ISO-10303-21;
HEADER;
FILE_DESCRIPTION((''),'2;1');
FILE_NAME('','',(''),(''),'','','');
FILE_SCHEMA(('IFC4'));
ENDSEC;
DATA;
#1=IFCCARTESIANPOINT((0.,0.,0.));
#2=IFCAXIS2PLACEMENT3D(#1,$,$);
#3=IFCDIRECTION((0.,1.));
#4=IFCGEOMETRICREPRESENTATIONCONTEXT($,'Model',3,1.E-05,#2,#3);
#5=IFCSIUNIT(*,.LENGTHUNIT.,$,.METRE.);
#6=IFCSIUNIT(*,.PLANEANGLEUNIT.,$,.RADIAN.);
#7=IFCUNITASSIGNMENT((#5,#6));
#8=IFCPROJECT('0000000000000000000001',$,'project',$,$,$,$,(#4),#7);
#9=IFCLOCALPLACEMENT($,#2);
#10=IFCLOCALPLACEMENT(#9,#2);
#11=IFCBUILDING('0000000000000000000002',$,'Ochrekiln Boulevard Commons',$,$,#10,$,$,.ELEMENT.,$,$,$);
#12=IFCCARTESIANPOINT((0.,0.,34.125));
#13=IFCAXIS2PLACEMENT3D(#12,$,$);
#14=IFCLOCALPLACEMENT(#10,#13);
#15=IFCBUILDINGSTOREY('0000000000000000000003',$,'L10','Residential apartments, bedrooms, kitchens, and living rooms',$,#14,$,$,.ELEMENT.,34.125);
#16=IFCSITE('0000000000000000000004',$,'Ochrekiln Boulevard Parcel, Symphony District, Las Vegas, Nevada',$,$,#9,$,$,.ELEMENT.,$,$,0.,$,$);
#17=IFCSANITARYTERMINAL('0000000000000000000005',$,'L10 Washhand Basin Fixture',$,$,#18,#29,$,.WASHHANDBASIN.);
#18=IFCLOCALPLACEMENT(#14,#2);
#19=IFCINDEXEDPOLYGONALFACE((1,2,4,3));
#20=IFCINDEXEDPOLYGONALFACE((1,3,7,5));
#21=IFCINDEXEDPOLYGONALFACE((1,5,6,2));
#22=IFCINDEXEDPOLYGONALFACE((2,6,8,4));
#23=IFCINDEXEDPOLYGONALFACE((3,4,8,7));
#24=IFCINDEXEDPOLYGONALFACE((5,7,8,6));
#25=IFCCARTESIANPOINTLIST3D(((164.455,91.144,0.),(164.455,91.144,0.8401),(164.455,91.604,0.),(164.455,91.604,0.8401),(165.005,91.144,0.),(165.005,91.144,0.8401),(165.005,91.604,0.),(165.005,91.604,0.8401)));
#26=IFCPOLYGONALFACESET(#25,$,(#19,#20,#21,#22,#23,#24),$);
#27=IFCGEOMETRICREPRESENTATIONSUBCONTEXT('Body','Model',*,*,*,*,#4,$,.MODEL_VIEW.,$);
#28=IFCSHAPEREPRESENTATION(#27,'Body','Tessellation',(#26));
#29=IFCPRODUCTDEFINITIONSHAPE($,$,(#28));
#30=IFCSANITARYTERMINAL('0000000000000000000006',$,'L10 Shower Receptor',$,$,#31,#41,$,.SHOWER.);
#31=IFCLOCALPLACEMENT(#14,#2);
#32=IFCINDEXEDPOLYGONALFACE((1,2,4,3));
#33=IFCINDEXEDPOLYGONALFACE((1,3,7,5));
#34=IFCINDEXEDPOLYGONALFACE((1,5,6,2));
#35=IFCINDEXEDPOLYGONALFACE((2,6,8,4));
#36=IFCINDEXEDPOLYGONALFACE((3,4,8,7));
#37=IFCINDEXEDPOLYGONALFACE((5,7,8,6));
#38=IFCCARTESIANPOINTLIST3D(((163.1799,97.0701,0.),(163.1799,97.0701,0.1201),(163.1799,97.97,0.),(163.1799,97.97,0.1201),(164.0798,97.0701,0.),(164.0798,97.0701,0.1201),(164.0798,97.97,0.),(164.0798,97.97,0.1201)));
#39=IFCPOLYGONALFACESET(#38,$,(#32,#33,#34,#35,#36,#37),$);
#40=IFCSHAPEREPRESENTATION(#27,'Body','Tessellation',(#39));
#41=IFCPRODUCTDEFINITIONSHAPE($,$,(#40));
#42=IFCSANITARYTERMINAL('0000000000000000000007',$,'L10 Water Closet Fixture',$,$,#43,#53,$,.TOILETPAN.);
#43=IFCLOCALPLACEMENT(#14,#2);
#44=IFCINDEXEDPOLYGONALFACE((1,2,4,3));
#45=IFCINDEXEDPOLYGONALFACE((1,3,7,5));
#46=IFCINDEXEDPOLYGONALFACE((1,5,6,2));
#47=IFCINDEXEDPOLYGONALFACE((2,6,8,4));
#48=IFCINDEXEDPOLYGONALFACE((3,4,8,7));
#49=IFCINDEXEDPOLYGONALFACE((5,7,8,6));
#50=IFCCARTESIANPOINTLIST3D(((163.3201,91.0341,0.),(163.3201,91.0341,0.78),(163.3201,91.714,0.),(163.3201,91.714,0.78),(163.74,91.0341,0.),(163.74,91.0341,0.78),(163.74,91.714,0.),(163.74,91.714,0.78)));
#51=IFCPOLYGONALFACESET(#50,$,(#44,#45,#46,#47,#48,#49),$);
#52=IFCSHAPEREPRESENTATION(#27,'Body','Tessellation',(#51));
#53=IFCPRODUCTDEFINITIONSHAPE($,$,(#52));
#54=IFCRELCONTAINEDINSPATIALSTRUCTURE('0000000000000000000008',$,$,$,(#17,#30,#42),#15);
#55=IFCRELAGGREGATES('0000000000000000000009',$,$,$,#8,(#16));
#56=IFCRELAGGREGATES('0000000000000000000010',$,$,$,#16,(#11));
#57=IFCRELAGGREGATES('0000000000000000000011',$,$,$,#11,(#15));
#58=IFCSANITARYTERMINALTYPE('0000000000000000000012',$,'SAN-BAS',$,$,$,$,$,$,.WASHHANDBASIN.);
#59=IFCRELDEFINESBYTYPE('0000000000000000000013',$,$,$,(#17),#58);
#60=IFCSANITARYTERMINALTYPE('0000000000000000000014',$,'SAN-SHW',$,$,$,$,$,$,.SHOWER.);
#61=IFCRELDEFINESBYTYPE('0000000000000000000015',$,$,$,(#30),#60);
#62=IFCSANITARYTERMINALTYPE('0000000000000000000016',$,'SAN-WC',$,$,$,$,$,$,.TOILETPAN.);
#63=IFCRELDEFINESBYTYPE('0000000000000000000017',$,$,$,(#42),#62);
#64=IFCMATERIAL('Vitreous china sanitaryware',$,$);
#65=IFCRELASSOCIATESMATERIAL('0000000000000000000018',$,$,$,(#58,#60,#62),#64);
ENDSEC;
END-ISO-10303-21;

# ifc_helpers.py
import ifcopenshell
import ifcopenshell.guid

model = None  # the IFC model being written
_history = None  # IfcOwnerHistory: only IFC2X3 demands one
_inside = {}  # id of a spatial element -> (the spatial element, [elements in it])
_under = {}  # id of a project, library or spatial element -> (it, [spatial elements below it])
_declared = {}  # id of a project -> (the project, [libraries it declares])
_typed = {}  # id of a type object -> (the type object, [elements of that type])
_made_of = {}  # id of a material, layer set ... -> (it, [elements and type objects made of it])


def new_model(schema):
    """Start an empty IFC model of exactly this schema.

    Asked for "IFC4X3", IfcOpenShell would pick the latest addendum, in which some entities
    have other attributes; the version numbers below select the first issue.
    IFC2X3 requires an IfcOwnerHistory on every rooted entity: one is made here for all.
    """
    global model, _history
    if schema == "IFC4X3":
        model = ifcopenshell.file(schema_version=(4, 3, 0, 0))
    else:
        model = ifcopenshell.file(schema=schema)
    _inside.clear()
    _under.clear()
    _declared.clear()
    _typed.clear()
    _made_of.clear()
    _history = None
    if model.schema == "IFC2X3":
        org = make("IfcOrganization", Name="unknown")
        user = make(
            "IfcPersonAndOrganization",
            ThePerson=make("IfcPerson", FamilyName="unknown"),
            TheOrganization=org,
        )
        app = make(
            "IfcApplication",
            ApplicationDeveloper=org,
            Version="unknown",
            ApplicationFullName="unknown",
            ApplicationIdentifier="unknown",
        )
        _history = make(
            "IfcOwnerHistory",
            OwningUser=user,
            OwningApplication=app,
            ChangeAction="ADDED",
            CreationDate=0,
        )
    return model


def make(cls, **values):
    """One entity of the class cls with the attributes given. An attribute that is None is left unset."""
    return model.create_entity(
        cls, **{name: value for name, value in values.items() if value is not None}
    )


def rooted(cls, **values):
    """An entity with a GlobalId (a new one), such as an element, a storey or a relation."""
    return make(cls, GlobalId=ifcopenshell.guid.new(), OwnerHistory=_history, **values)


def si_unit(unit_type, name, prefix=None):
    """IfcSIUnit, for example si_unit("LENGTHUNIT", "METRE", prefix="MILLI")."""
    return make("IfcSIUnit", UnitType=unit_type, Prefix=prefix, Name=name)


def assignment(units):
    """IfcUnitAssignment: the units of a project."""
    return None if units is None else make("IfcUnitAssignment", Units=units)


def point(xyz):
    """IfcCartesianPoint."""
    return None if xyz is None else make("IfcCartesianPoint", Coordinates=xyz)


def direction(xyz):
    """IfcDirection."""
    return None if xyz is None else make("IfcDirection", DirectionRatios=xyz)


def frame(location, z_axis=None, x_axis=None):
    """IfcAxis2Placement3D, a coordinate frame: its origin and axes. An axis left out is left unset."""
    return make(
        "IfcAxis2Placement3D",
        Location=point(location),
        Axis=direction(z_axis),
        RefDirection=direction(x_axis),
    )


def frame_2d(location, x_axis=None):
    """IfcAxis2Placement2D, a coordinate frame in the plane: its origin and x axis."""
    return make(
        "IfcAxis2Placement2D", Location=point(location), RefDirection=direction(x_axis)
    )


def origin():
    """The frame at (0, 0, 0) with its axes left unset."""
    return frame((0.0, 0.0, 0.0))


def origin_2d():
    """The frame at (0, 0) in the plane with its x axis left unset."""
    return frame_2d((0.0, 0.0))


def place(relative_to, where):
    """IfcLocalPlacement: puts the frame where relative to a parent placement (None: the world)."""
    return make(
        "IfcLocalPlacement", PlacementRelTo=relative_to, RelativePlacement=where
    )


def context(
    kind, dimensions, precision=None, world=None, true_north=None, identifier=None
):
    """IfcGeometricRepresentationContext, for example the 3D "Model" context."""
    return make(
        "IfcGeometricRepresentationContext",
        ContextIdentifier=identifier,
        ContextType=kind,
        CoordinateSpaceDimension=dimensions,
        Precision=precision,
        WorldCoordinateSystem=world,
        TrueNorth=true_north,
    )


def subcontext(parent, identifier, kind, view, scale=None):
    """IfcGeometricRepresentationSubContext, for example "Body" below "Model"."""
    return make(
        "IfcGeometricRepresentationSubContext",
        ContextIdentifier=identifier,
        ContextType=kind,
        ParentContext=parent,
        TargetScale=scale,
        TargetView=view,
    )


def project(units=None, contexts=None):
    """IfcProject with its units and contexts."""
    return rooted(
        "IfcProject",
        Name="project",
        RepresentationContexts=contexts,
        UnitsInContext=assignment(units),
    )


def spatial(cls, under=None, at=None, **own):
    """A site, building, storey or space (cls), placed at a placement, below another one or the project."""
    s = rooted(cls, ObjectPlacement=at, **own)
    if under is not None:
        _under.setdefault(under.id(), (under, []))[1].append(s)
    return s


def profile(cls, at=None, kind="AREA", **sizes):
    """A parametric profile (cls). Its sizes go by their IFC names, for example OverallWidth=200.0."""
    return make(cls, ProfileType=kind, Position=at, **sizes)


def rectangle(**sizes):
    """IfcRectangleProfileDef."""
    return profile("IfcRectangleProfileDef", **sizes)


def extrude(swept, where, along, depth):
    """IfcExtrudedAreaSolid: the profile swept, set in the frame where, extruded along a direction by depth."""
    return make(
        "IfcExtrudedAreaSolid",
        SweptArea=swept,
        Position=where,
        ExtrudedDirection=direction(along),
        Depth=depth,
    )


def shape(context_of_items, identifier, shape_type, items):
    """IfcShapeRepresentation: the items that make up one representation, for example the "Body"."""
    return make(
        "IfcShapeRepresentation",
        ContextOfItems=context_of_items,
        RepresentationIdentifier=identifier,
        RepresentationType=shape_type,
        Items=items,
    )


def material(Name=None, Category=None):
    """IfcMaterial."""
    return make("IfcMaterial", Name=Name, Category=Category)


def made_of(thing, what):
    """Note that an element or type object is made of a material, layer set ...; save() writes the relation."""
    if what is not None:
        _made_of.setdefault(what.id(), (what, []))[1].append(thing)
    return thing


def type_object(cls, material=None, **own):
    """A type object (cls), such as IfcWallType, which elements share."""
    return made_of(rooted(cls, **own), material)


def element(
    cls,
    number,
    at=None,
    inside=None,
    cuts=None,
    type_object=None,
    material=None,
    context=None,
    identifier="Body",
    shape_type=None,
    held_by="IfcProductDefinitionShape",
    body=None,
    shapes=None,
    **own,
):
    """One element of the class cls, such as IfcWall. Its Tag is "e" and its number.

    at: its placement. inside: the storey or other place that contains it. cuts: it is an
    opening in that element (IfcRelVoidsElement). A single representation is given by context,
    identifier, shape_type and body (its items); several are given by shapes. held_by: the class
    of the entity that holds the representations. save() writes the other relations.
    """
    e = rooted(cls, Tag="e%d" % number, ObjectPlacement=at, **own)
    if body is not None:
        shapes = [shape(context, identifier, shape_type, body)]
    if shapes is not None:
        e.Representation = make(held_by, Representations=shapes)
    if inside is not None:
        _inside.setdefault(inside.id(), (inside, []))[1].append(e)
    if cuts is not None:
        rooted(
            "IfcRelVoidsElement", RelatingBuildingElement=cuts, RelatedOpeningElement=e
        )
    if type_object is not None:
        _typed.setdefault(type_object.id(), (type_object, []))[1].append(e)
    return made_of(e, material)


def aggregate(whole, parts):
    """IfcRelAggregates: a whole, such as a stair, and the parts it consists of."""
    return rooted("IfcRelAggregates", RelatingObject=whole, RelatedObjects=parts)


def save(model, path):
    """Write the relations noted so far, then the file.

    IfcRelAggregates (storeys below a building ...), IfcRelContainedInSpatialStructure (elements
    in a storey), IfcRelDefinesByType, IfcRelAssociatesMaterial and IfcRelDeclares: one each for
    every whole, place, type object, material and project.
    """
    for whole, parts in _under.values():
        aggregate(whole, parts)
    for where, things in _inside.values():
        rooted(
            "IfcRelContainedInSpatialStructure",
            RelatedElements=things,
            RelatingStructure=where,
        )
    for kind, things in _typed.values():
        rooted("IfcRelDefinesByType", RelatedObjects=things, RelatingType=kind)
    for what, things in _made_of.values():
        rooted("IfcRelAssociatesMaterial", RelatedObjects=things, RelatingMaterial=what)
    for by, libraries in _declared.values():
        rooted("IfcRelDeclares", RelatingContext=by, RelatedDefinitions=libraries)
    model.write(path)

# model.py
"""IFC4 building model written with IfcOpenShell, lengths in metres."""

from ifc_helpers import new_model, si_unit, direction, frame, origin, origin_2d, place, context, subcontext, project, spatial, rectangle, extrude, material, type_object, element, save


model = new_model("IFC4")

# Units and contexts
model_context = context("Model", 3, precision=1e-05, world=origin(), true_north=direction((0.0, 1.0)))
body_context = subcontext(model_context, "Body", "Model", "MODEL_VIEW")
ifc_project = project(units=[si_unit("LENGTHUNIT", "METRE"), si_unit("PLANEANGLEUNIT", "RADIAN")], contexts=[model_context])

# Site, building, storey
site_placement = place(None, origin())
site = spatial("IfcSite", under=ifc_project, at=site_placement, Name="Ochrekiln Boulevard Parcel, Symphony District, Las Vegas, Nevada", CompositionType="ELEMENT", RefElevation=0.0)
building_placement = place(site_placement, origin())
building = spatial("IfcBuilding", under=site, at=building_placement, Name="Ochrekiln Boulevard Commons", CompositionType="ELEMENT")
storey_placement = place(building_placement, frame((0.0, 0.0, 34.125)))
storey = spatial("IfcBuildingStorey", under=building, at=storey_placement, Name="L10", Description="Residential apartments, bedrooms, kitchens, and living rooms", CompositionType="ELEMENT", Elevation=34.125)

# Sanitary terminals
ifc_material_1 = material(Name="Vitreous china sanitaryware")
sanitary_terminal_type_1 = type_object("IfcSanitaryTerminalType", Name="SAN-BAS", PredefinedType="WASHHANDBASIN", material=ifc_material_1)
sanitary_terminal_1_placement = place(storey_placement, frame((164.73, 91.374, 0.0), z_axis=(0.0, 0.0, 1.0), x_axis=(1.0, 0.0, 0.0)))
element("IfcSanitaryTerminal", 1, at=sanitary_terminal_1_placement, inside=storey, type_object=sanitary_terminal_type_1, Name="L10 Washhand Basin Fixture", PredefinedType="WASHHANDBASIN", context=body_context, shape_type="SweptSolid", body=[
    extrude(rectangle(XDim=0.55, YDim=0.46, at=origin_2d()), origin(), (0.0, 0.0, 1.0), 0.8401),
])
sanitary_terminal_type_2 = type_object("IfcSanitaryTerminalType", Name="SAN-SHW", PredefinedType="SHOWER", material=ifc_material_1)
sanitary_terminal_2_placement = place(storey_placement, frame((163.6299, 97.52, 0.0), z_axis=(0.0, 0.0, 1.0), x_axis=(1.0, 0.0, 0.0)))
element("IfcSanitaryTerminal", 2, at=sanitary_terminal_2_placement, inside=storey, type_object=sanitary_terminal_type_2, Name="L10 Shower Receptor", PredefinedType="SHOWER", context=body_context, shape_type="SweptSolid", body=[
    extrude(rectangle(XDim=0.8999, YDim=0.8999, at=origin_2d()), origin(), (0.0, 0.0, 1.0), 0.1201),
])
sanitary_terminal_type_3 = type_object("IfcSanitaryTerminalType", Name="SAN-WC", PredefinedType="TOILETPAN", material=ifc_material_1)
sanitary_terminal_3_placement = place(storey_placement, frame((163.53, 91.374, 0.0), z_axis=(0.0, 0.0, 1.0), x_axis=(1.0, 0.0, 0.0)))
element("IfcSanitaryTerminal", 3, at=sanitary_terminal_3_placement, inside=storey, type_object=sanitary_terminal_type_3, Name="L10 Water Closet Fixture", PredefinedType="TOILETPAN", context=body_context, shape_type="SweptSolid", body=[
    extrude(rectangle(XDim=0.4199, YDim=0.6799, at=origin_2d()), origin(), (0.0, 0.0, 1.0), 0.78),
])

save(model, "model.ifc")
